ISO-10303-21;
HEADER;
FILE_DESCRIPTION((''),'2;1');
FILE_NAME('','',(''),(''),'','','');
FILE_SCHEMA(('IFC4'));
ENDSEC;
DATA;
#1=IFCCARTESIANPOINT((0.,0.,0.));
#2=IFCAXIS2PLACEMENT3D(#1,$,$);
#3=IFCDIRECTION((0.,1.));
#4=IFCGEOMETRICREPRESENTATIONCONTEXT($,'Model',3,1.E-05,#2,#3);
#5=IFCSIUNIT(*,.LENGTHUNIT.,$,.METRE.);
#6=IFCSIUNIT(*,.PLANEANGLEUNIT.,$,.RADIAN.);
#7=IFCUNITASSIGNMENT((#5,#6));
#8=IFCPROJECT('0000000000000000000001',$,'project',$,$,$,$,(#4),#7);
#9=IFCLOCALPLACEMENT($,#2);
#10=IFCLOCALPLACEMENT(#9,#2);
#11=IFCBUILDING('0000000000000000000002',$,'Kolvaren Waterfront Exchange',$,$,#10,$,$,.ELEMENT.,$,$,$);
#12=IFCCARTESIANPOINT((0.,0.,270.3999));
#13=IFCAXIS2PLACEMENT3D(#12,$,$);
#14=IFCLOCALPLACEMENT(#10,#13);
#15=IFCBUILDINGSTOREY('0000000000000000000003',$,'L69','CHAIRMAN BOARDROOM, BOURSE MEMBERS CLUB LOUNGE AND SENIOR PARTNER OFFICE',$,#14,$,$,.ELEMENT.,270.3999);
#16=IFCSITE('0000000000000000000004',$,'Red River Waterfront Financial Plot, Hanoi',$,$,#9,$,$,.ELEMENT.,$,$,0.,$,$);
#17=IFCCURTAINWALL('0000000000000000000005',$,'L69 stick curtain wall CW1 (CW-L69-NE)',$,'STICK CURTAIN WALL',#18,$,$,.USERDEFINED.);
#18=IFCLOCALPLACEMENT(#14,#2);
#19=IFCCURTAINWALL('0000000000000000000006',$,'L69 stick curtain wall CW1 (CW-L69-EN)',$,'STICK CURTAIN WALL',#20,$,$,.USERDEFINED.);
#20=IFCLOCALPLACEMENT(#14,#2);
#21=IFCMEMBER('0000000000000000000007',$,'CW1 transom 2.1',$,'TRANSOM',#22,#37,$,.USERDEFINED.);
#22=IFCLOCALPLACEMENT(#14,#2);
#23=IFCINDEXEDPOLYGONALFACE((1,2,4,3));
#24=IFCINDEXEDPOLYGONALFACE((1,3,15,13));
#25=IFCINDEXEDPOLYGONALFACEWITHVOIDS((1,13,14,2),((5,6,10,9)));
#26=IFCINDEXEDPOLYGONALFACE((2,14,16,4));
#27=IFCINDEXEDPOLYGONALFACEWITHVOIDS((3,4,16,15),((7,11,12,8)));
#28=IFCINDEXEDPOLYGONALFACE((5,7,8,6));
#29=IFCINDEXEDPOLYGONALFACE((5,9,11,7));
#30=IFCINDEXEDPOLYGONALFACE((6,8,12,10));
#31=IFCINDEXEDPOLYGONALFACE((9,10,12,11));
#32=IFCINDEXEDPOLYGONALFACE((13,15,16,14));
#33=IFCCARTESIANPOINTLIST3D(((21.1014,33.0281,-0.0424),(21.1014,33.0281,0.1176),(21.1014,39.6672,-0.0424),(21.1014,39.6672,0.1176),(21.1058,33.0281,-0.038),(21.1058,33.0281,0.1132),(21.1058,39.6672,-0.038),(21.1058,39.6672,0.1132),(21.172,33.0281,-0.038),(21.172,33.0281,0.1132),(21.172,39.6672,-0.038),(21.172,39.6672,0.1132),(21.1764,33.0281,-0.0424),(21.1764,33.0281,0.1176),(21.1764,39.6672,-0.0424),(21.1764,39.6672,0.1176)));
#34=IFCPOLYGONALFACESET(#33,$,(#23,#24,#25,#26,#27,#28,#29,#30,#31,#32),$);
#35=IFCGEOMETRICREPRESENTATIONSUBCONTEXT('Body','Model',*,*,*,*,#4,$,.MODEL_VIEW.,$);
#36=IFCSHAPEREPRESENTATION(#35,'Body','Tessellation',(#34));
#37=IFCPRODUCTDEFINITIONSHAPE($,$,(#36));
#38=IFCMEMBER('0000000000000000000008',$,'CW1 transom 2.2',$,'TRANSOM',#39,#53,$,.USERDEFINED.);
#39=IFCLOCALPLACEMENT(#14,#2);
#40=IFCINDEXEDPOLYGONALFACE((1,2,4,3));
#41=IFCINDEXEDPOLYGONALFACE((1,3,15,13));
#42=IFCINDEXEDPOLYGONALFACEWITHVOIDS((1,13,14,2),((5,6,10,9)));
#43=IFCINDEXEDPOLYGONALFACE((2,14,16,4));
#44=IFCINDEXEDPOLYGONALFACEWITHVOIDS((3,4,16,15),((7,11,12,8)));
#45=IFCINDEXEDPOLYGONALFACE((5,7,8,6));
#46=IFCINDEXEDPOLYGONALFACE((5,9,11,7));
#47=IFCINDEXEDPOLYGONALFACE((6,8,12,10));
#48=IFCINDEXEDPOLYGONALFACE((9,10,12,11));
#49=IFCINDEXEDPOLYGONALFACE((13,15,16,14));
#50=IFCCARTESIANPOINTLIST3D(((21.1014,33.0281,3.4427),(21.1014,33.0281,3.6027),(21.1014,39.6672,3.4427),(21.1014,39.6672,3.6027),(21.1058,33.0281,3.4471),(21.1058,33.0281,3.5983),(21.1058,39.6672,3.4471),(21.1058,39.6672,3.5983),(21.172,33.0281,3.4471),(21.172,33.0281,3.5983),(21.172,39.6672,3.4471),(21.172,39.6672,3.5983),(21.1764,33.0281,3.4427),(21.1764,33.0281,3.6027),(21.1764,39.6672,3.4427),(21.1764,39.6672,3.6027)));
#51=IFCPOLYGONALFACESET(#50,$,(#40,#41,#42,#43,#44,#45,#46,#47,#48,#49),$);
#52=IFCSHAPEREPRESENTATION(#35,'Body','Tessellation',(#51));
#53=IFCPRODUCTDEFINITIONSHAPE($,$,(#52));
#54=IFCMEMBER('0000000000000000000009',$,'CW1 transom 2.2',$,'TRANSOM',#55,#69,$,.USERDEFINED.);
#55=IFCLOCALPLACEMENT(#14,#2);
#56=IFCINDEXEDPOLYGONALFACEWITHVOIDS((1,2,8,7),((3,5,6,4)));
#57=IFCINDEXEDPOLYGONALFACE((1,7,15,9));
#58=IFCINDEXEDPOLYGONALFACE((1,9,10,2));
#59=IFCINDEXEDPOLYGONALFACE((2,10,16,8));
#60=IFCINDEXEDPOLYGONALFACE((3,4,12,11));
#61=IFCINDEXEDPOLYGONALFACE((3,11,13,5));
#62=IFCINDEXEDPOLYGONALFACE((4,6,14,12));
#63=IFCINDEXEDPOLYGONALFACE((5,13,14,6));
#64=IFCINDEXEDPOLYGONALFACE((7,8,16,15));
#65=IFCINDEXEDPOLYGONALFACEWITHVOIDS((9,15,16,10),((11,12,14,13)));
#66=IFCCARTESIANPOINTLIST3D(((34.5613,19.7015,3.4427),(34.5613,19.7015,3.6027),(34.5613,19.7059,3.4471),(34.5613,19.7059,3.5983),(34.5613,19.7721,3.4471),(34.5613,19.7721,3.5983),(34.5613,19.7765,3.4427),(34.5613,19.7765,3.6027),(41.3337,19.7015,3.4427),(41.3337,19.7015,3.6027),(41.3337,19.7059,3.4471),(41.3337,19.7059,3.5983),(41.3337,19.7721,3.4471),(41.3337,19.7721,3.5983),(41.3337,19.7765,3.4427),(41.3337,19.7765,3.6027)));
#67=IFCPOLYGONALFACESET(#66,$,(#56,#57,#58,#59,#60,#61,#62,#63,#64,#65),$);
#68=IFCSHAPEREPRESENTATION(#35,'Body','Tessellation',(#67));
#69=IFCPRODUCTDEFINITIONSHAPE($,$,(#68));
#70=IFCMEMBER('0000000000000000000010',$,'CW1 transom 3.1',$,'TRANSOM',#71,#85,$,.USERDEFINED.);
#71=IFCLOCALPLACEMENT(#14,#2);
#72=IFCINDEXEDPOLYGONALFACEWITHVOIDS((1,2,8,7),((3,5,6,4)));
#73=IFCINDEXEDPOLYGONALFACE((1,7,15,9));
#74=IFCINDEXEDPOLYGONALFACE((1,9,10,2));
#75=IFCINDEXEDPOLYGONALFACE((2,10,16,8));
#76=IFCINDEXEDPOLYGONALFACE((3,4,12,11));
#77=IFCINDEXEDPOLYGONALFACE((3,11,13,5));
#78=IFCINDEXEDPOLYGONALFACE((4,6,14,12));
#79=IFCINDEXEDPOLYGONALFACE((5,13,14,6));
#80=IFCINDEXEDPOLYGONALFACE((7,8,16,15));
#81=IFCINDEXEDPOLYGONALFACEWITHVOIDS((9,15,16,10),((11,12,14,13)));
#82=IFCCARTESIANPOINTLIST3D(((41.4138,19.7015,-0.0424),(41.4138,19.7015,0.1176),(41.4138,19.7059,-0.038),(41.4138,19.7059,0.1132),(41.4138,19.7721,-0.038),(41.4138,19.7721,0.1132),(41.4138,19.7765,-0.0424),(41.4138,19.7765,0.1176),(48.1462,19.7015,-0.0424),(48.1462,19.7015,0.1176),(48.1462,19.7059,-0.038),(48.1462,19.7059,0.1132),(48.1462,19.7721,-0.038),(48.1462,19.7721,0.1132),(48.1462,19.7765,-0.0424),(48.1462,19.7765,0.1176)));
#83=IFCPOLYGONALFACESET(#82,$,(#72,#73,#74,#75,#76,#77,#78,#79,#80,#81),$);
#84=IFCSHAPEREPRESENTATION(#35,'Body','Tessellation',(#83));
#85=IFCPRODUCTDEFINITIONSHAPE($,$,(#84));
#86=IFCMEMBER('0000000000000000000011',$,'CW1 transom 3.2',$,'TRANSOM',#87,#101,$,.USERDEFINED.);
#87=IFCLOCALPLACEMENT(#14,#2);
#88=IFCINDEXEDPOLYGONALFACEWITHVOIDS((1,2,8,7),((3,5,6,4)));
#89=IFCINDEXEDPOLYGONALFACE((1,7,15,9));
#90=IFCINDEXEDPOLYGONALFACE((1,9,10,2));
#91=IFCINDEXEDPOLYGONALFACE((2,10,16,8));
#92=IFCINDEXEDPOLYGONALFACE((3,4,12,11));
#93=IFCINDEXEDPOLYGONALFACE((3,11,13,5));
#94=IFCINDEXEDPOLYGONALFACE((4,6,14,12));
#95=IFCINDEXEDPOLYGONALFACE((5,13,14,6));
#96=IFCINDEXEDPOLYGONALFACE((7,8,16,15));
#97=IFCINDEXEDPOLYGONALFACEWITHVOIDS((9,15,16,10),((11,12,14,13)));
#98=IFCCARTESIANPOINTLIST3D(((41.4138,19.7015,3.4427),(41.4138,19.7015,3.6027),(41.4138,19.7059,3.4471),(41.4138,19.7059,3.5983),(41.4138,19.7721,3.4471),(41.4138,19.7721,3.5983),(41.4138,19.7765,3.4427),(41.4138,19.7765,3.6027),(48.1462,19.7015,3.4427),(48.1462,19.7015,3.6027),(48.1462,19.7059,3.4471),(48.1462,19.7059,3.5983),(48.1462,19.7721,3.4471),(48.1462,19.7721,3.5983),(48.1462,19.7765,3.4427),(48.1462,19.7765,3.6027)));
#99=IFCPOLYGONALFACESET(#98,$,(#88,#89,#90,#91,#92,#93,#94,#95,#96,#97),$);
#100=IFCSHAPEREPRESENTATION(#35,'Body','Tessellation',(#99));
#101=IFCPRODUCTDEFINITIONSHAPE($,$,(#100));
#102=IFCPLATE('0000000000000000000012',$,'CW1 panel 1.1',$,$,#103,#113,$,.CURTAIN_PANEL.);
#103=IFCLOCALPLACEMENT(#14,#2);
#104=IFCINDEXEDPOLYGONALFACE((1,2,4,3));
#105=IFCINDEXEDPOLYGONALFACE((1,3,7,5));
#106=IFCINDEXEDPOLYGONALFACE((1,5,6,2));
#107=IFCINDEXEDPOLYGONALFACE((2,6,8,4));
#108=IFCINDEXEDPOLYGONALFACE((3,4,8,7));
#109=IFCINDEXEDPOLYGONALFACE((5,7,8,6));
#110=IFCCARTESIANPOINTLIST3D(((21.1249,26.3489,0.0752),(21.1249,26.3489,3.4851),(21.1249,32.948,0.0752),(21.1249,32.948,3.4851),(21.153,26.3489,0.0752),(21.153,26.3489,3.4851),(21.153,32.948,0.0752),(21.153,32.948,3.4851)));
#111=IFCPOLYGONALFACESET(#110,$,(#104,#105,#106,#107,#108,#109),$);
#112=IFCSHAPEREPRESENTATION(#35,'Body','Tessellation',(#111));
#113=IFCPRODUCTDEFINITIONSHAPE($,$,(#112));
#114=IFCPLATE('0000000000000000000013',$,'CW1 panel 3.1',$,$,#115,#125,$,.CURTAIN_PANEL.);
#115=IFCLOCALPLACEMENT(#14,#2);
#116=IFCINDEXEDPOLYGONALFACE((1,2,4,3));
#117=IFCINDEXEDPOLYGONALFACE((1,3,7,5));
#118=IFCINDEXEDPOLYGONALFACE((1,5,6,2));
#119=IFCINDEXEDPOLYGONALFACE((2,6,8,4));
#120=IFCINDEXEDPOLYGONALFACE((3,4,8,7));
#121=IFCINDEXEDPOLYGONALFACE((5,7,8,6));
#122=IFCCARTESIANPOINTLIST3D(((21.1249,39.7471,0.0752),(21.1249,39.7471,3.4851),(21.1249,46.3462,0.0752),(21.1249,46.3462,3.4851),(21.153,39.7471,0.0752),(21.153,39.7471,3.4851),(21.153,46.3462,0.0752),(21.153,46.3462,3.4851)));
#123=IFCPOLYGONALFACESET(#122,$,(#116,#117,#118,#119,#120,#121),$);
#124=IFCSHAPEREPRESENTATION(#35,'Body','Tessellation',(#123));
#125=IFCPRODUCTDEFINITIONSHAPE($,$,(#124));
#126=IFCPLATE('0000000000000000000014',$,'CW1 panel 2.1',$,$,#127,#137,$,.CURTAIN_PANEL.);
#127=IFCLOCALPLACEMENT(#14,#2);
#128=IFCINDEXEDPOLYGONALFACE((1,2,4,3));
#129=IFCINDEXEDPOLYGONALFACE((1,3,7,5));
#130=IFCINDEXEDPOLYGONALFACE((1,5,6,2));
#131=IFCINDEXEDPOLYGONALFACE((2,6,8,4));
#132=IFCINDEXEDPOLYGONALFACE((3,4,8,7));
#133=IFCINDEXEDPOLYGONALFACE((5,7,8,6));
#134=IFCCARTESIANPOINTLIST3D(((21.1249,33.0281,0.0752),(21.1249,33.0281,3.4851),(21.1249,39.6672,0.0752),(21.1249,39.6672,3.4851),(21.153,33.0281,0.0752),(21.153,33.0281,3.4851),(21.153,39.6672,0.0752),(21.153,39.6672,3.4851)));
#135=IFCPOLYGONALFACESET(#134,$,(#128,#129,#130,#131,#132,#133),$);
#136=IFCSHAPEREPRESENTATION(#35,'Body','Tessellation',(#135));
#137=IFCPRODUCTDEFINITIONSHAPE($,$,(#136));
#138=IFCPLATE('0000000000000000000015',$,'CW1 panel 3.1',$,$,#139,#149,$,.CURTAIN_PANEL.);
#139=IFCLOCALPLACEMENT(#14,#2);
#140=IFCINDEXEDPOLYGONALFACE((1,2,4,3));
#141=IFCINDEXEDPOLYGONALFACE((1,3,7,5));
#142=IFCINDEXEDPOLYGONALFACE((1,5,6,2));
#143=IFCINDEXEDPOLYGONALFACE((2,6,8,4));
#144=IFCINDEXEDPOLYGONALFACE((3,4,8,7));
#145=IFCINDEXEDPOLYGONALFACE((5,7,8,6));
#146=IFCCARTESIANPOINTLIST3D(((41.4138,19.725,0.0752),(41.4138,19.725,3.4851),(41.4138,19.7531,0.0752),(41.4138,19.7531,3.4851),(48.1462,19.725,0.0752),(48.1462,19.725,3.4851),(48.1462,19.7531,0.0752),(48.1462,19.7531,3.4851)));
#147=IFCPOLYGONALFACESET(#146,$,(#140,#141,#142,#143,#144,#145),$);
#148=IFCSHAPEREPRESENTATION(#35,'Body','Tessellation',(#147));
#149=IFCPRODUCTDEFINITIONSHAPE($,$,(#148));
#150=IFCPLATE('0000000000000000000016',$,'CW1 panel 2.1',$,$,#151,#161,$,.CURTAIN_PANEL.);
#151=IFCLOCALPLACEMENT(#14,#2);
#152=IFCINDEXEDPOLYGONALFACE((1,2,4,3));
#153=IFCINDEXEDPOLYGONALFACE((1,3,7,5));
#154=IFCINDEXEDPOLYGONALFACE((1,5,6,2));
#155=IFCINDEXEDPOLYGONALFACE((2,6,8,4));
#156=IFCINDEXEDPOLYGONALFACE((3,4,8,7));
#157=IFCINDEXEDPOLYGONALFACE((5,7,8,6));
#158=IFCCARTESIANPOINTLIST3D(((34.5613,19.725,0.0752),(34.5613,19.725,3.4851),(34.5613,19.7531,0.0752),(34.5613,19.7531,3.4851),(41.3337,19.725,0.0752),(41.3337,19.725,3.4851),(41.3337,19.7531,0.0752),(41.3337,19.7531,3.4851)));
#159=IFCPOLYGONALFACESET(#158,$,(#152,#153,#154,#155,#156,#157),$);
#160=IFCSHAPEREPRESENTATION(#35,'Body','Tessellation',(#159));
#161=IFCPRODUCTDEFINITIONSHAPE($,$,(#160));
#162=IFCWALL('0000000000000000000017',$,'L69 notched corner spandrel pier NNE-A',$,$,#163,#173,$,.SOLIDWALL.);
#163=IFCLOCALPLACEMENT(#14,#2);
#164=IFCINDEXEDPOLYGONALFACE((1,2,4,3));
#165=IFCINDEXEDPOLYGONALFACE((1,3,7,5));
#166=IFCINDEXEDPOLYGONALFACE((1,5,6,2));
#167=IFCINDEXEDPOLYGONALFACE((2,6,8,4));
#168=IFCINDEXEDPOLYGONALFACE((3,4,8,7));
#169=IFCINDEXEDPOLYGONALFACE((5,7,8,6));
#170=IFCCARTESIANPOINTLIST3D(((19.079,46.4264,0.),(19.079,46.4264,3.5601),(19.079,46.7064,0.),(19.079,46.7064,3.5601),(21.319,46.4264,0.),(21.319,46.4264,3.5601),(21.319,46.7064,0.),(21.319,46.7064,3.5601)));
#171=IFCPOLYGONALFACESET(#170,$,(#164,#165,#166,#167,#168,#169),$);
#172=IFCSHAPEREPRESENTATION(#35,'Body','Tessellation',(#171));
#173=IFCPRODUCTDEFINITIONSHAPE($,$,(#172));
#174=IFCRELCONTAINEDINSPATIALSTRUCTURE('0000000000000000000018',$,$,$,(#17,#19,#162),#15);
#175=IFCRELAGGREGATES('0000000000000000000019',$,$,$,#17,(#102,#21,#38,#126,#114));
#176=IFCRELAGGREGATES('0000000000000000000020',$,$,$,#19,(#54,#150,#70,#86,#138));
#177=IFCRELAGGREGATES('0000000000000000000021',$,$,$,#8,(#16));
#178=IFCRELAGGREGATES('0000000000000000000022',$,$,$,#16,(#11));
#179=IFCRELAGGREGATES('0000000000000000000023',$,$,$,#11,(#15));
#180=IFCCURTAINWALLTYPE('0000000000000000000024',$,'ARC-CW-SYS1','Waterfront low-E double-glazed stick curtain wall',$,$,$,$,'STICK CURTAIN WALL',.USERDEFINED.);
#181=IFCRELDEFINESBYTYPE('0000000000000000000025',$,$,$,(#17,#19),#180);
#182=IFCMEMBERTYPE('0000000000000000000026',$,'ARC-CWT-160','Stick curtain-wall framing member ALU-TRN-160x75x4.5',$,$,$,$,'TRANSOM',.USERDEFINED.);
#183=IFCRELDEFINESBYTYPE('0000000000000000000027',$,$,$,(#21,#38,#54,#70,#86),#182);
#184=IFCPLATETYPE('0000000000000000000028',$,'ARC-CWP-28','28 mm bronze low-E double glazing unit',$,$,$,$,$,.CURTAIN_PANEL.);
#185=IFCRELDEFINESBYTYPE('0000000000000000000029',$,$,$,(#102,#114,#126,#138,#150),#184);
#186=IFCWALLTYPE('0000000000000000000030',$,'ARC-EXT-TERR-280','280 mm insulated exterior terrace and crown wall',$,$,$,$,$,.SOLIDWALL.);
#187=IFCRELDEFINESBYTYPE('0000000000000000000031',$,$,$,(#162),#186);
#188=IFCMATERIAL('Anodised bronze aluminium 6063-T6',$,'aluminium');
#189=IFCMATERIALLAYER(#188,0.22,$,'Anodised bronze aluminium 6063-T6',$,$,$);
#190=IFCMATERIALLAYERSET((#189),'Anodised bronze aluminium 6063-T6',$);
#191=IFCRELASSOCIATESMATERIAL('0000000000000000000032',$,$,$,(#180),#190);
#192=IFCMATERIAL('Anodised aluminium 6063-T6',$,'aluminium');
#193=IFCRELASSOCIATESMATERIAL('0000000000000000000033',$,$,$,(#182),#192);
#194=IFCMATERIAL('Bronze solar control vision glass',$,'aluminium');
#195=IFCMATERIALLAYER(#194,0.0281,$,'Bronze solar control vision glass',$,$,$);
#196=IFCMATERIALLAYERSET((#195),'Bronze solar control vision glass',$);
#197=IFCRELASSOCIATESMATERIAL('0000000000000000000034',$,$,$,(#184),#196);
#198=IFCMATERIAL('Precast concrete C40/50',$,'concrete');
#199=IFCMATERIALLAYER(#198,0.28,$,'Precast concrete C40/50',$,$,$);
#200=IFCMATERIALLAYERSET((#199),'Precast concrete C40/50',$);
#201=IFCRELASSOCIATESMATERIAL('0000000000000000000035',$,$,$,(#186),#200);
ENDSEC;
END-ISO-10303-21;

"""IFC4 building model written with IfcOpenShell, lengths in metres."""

from ifc_helpers import new_model, si_unit, direction, frame, frame_2d, origin, origin_with_axes, origin_2d, place, context, subcontext, project, spatial, rectangle, hollow_rectangle, extrude, source, transform, mapped, material, layer, layer_set, material_profile, profile_set, type_object, element, aggregate, save


model = new_model("IFC4")

# Units and contexts
model_context = context("Model", 3, precision=1e-05, world=origin(), true_north=direction((0.0, 1.0)))
body_context = subcontext(model_context, "Body", "Model", "MODEL_VIEW")
ifc_project = project(units=[si_unit("LENGTHUNIT", "METRE"), si_unit("PLANEANGLEUNIT", "RADIAN")], contexts=[model_context])

# Site, building, storey
site_placement = place(None, origin())
site = spatial("IfcSite", under=ifc_project, at=site_placement, Name="Red River Waterfront Financial Plot, Hanoi", CompositionType="ELEMENT", RefElevation=0.0)
building_placement = place(site_placement, origin())
building = spatial("IfcBuilding", under=site, at=building_placement, Name="Kolvaren Waterfront Exchange", CompositionType="ELEMENT")
storey_placement = place(building_placement, frame((0.0, 0.0, 270.3999)))
storey = spatial("IfcBuildingStorey", under=building, at=storey_placement, Name="L69", Description="CHAIRMAN BOARDROOM, BOURSE MEMBERS CLUB LOUNGE AND SENIOR PARTNER OFFICE", CompositionType="ELEMENT", Elevation=270.3999)

# Curtain walls
ifc_material_1 = material(Name="Anodised bronze aluminium 6063-T6", Category="aluminium")
ifc_layer_1 = layer(ifc_material_1, 0.22, Name="Anodised bronze aluminium 6063-T6")
ifc_layer_set_1 = layer_set([ifc_layer_1], Name="Anodised bronze aluminium 6063-T6")
curtain_wall_type = type_object("IfcCurtainWallType", Name="ARC-CW-SYS1", Description="Waterfront low-E double-glazed stick curtain wall", ElementType="STICK CURTAIN WALL", PredefinedType="USERDEFINED", material=ifc_layer_set_1)
curtain_wall_1_placement = place(storey_placement, origin())
curtain_wall_1 = element("IfcCurtainWall", 1, at=curtain_wall_1_placement, inside=storey, type_object=curtain_wall_type, Name="L69 stick curtain wall CW1 (CW-L69-NE)", ObjectType="STICK CURTAIN WALL", PredefinedType="USERDEFINED")
ifc_material_2 = material(Name="Anodised aluminium 6063-T6", Category="aluminium")
curtain_wall_2_placement = place(storey_placement, origin())
curtain_wall_2 = element("IfcCurtainWall", 2, at=curtain_wall_2_placement, inside=storey, type_object=curtain_wall_type, Name="L69 stick curtain wall CW1 (CW-L69-EN)", ObjectType="STICK CURTAIN WALL", PredefinedType="USERDEFINED")

# Members
ifc_material_profile_1 = material_profile(ifc_material_2, hollow_rectangle(XDim=0.075, YDim=0.1599, WallThickness=0.0044, at=origin_2d()), Name="ALU-TRN-160x75x4.5")
ifc_profile_set_1 = profile_set([ifc_material_profile_1], Name="Anodised aluminium 6063-T6")
member_type_1 = type_object("IfcMemberType", Name="ARC-CWT-160", Description="Stick curtain-wall framing member ALU-TRN-160x75x4.5", ElementType="TRANSOM", PredefinedType="USERDEFINED", material=ifc_profile_set_1)
shared_shape_1 = source(origin_with_axes(), body_context, "Body", "SweptSolid", [
    extrude(hollow_rectangle(XDim=0.075, YDim=0.1599, WallThickness=0.0044, at=origin_2d()), origin(), (0.0, 0.0, 1.0), 6.6392),
])
member_1_placement = place(storey_placement, frame((21.1389, 33.0281, 0.0376), z_axis=(0.0, 1.0, 0.0), x_axis=(-1.0, 0.0, 0.0)))
member_1 = element("IfcMember", 3, at=member_1_placement, type_object=member_type_1, Name="CW1 transom 2.1", ObjectType="TRANSOM", PredefinedType="USERDEFINED", context=body_context, shape_type="MappedRepresentation", body=[
    mapped(shared_shape_1, transform((0.0, 0.0, 0.0), x_axis=(1.0, 0.0, 0.0), y_axis=(0.0, 1.0, 0.0), z_axis=(0.0, 0.0, 1.0), scale=1.0)),
])
member_2_placement = place(storey_placement, frame((21.1389, 33.0281, 3.5227), z_axis=(0.0, 1.0, 0.0), x_axis=(-1.0, 0.0, 0.0)))
member_2 = element("IfcMember", 4, at=member_2_placement, type_object=member_type_1, Name="CW1 transom 2.2", ObjectType="TRANSOM", PredefinedType="USERDEFINED", context=body_context, shape_type="MappedRepresentation", body=[
    mapped(shared_shape_1, transform((0.0, 0.0, 0.0), x_axis=(1.0, 0.0, 0.0), y_axis=(0.0, 1.0, 0.0), z_axis=(0.0, 0.0, 1.0), scale=1.0)),
])
shared_shape_2 = source(origin_with_axes(), body_context, "Body", "SweptSolid", [
    extrude(hollow_rectangle(XDim=0.075, YDim=0.1599, WallThickness=0.0044, at=origin_2d()), origin(), (0.0, 0.0, 1.0), 6.7725),
])
member_3_placement = place(storey_placement, frame((34.5613, 19.739, 3.5227), z_axis=(1.0, 0.0, 0.0), x_axis=(0.0, 1.0, 0.0)))
member_3 = element("IfcMember", 5, at=member_3_placement, type_object=member_type_1, Name="CW1 transom 2.2", ObjectType="TRANSOM", PredefinedType="USERDEFINED", context=body_context, shape_type="MappedRepresentation", body=[
    mapped(shared_shape_2, transform((0.0, 0.0, 0.0), x_axis=(1.0, 0.0, 0.0), y_axis=(0.0, 1.0, 0.0), z_axis=(0.0, 0.0, 1.0), scale=1.0)),
])
shared_shape_3 = source(origin_with_axes(), body_context, "Body", "SweptSolid", [
    extrude(hollow_rectangle(XDim=0.075, YDim=0.1599, WallThickness=0.0044, at=origin_2d()), origin(), (0.0, 0.0, 1.0), 6.7324),
])
member_4_placement = place(storey_placement, frame((41.4138, 19.739, 0.0376), z_axis=(1.0, 0.0, 0.0), x_axis=(0.0, 1.0, 0.0)))
member_4 = element("IfcMember", 6, at=member_4_placement, type_object=member_type_1, Name="CW1 transom 3.1", ObjectType="TRANSOM", PredefinedType="USERDEFINED", context=body_context, shape_type="MappedRepresentation", body=[
    mapped(shared_shape_3, transform((0.0, 0.0, 0.0), x_axis=(1.0, 0.0, 0.0), y_axis=(0.0, 1.0, 0.0), z_axis=(0.0, 0.0, 1.0), scale=1.0)),
])
member_5_placement = place(storey_placement, frame((41.4138, 19.739, 3.5227), z_axis=(1.0, 0.0, 0.0), x_axis=(0.0, 1.0, 0.0)))
member_5 = element("IfcMember", 7, at=member_5_placement, type_object=member_type_1, Name="CW1 transom 3.2", ObjectType="TRANSOM", PredefinedType="USERDEFINED", context=body_context, shape_type="MappedRepresentation", body=[
    mapped(shared_shape_3, transform((0.0, 0.0, 0.0), x_axis=(1.0, 0.0, 0.0), y_axis=(0.0, 1.0, 0.0), z_axis=(0.0, 0.0, 1.0), scale=1.0)),
])

# Plates
ifc_material_3 = material(Name="Bronze solar control vision glass", Category="aluminium")
ifc_layer_2 = layer(ifc_material_3, 0.0281, Name="Bronze solar control vision glass")
ifc_layer_set_2 = layer_set([ifc_layer_2], Name="Bronze solar control vision glass")
plate_type = type_object("IfcPlateType", Name="ARC-CWP-28", Description="28 mm bronze low-E double glazing unit", PredefinedType="CURTAIN_PANEL", material=ifc_layer_set_2)
shared_shape_4 = source(origin_with_axes(), body_context, "Body", "SweptSolid", [
    extrude(rectangle(XDim=6.5991, YDim=0.0281, at=origin_2d()), origin(), (0.0, 0.0, 1.0), 3.4099),
])
plate_1_placement = place(storey_placement, frame((21.1389, 29.6484, 0.0752), z_axis=(0.0, 0.0, 1.0), x_axis=(0.0, 1.0, 0.0)))
plate_1 = element("IfcPlate", 8, at=plate_1_placement, type_object=plate_type, Name="CW1 panel 1.1", PredefinedType="CURTAIN_PANEL", context=body_context, shape_type="MappedRepresentation", body=[
    mapped(shared_shape_4, transform((0.0, 0.0, 0.0), x_axis=(1.0, 0.0, 0.0), y_axis=(0.0, 1.0, 0.0), z_axis=(0.0, 0.0, 1.0), scale=1.0)),
])
plate_2_placement = place(storey_placement, frame((21.1389, 43.0466, 0.0752), z_axis=(0.0, 0.0, 1.0), x_axis=(0.0, 1.0, 0.0)))
plate_2 = element("IfcPlate", 9, at=plate_2_placement, type_object=plate_type, Name="CW1 panel 3.1", PredefinedType="CURTAIN_PANEL", context=body_context, shape_type="MappedRepresentation", body=[
    mapped(shared_shape_4, transform((0.0, 0.0, 0.0), x_axis=(1.0, 0.0, 0.0), y_axis=(0.0, 1.0, 0.0), z_axis=(0.0, 0.0, 1.0), scale=1.0)),
])
shared_shape_5 = source(origin_with_axes(), body_context, "Body", "SweptSolid", [
    extrude(rectangle(XDim=6.6392, YDim=0.0281, at=origin_2d()), origin(), (0.0, 0.0, 1.0), 3.4099),
])
plate_3_placement = place(storey_placement, frame((21.1389, 36.3477, 0.0752), z_axis=(0.0, 0.0, 1.0), x_axis=(0.0, 1.0, 0.0)))
plate_3 = element("IfcPlate", 10, at=plate_3_placement, type_object=plate_type, Name="CW1 panel 2.1", PredefinedType="CURTAIN_PANEL", context=body_context, shape_type="MappedRepresentation", body=[
    mapped(shared_shape_5, transform((0.0, 0.0, 0.0), x_axis=(1.0, 0.0, 0.0), y_axis=(0.0, 1.0, 0.0), z_axis=(0.0, 0.0, 1.0), scale=1.0)),
])
aggregate(curtain_wall_1, [plate_1, member_1, member_2, plate_3, plate_2])
shared_shape_6 = source(origin_with_axes(), body_context, "Body", "SweptSolid", [
    extrude(rectangle(XDim=6.7324, YDim=0.0281, at=origin_2d()), origin(), (0.0, 0.0, 1.0), 3.4099),
])
plate_4_placement = place(storey_placement, frame((44.78, 19.739, 0.0752), z_axis=(0.0, 0.0, 1.0), x_axis=(1.0, 0.0, 0.0)))
plate_4 = element("IfcPlate", 11, at=plate_4_placement, type_object=plate_type, Name="CW1 panel 3.1", PredefinedType="CURTAIN_PANEL", context=body_context, shape_type="MappedRepresentation", body=[
    mapped(shared_shape_6, transform((0.0, 0.0, 0.0), x_axis=(1.0, 0.0, 0.0), y_axis=(0.0, 1.0, 0.0), z_axis=(0.0, 0.0, 1.0), scale=1.0)),
])
shared_shape_7 = source(origin_with_axes(), body_context, "Body", "SweptSolid", [
    extrude(rectangle(XDim=6.7725, YDim=0.0281, at=origin_2d()), origin(), (0.0, 0.0, 1.0), 3.4099),
])
plate_5_placement = place(storey_placement, frame((37.9475, 19.739, 0.0752), z_axis=(0.0, 0.0, 1.0), x_axis=(1.0, 0.0, 0.0)))
plate_5 = element("IfcPlate", 12, at=plate_5_placement, type_object=plate_type, Name="CW1 panel 2.1", PredefinedType="CURTAIN_PANEL", context=body_context, shape_type="MappedRepresentation", body=[
    mapped(shared_shape_7, transform((0.0, 0.0, 0.0), x_axis=(1.0, 0.0, 0.0), y_axis=(0.0, 1.0, 0.0), z_axis=(0.0, 0.0, 1.0), scale=1.0)),
])
aggregate(curtain_wall_2, [member_3, plate_5, member_4, member_5, plate_4])

# Wall
ifc_material_4 = material(Name="Precast concrete C40/50", Category="concrete")
ifc_layer_3 = layer(ifc_material_4, 0.28, Name="Precast concrete C40/50")
ifc_layer_set_3 = layer_set([ifc_layer_3], Name="Precast concrete C40/50")
wall_type = type_object("IfcWallType", Name="ARC-EXT-TERR-280", Description="280 mm insulated exterior terrace and crown wall", PredefinedType="SOLIDWALL", material=ifc_layer_set_3)
wall_1_placement = place(storey_placement, frame((19.0789, 46.5664, 0.0), z_axis=(0.0, 0.0, 1.0), x_axis=(1.0, 0.0, 0.0)))
element("IfcWall", 13, at=wall_1_placement, inside=storey, type_object=wall_type, Name="L69 notched corner spandrel pier NNE-A", PredefinedType="SOLIDWALL", context=body_context, shape_type="SweptSolid", body=[
    extrude(rectangle(XDim=2.24, YDim=0.28, at=frame_2d((1.1201, 0.0))), origin(), (0.0, 0.0, 1.0), 3.5601),
])

save(model, "model.ifc")
